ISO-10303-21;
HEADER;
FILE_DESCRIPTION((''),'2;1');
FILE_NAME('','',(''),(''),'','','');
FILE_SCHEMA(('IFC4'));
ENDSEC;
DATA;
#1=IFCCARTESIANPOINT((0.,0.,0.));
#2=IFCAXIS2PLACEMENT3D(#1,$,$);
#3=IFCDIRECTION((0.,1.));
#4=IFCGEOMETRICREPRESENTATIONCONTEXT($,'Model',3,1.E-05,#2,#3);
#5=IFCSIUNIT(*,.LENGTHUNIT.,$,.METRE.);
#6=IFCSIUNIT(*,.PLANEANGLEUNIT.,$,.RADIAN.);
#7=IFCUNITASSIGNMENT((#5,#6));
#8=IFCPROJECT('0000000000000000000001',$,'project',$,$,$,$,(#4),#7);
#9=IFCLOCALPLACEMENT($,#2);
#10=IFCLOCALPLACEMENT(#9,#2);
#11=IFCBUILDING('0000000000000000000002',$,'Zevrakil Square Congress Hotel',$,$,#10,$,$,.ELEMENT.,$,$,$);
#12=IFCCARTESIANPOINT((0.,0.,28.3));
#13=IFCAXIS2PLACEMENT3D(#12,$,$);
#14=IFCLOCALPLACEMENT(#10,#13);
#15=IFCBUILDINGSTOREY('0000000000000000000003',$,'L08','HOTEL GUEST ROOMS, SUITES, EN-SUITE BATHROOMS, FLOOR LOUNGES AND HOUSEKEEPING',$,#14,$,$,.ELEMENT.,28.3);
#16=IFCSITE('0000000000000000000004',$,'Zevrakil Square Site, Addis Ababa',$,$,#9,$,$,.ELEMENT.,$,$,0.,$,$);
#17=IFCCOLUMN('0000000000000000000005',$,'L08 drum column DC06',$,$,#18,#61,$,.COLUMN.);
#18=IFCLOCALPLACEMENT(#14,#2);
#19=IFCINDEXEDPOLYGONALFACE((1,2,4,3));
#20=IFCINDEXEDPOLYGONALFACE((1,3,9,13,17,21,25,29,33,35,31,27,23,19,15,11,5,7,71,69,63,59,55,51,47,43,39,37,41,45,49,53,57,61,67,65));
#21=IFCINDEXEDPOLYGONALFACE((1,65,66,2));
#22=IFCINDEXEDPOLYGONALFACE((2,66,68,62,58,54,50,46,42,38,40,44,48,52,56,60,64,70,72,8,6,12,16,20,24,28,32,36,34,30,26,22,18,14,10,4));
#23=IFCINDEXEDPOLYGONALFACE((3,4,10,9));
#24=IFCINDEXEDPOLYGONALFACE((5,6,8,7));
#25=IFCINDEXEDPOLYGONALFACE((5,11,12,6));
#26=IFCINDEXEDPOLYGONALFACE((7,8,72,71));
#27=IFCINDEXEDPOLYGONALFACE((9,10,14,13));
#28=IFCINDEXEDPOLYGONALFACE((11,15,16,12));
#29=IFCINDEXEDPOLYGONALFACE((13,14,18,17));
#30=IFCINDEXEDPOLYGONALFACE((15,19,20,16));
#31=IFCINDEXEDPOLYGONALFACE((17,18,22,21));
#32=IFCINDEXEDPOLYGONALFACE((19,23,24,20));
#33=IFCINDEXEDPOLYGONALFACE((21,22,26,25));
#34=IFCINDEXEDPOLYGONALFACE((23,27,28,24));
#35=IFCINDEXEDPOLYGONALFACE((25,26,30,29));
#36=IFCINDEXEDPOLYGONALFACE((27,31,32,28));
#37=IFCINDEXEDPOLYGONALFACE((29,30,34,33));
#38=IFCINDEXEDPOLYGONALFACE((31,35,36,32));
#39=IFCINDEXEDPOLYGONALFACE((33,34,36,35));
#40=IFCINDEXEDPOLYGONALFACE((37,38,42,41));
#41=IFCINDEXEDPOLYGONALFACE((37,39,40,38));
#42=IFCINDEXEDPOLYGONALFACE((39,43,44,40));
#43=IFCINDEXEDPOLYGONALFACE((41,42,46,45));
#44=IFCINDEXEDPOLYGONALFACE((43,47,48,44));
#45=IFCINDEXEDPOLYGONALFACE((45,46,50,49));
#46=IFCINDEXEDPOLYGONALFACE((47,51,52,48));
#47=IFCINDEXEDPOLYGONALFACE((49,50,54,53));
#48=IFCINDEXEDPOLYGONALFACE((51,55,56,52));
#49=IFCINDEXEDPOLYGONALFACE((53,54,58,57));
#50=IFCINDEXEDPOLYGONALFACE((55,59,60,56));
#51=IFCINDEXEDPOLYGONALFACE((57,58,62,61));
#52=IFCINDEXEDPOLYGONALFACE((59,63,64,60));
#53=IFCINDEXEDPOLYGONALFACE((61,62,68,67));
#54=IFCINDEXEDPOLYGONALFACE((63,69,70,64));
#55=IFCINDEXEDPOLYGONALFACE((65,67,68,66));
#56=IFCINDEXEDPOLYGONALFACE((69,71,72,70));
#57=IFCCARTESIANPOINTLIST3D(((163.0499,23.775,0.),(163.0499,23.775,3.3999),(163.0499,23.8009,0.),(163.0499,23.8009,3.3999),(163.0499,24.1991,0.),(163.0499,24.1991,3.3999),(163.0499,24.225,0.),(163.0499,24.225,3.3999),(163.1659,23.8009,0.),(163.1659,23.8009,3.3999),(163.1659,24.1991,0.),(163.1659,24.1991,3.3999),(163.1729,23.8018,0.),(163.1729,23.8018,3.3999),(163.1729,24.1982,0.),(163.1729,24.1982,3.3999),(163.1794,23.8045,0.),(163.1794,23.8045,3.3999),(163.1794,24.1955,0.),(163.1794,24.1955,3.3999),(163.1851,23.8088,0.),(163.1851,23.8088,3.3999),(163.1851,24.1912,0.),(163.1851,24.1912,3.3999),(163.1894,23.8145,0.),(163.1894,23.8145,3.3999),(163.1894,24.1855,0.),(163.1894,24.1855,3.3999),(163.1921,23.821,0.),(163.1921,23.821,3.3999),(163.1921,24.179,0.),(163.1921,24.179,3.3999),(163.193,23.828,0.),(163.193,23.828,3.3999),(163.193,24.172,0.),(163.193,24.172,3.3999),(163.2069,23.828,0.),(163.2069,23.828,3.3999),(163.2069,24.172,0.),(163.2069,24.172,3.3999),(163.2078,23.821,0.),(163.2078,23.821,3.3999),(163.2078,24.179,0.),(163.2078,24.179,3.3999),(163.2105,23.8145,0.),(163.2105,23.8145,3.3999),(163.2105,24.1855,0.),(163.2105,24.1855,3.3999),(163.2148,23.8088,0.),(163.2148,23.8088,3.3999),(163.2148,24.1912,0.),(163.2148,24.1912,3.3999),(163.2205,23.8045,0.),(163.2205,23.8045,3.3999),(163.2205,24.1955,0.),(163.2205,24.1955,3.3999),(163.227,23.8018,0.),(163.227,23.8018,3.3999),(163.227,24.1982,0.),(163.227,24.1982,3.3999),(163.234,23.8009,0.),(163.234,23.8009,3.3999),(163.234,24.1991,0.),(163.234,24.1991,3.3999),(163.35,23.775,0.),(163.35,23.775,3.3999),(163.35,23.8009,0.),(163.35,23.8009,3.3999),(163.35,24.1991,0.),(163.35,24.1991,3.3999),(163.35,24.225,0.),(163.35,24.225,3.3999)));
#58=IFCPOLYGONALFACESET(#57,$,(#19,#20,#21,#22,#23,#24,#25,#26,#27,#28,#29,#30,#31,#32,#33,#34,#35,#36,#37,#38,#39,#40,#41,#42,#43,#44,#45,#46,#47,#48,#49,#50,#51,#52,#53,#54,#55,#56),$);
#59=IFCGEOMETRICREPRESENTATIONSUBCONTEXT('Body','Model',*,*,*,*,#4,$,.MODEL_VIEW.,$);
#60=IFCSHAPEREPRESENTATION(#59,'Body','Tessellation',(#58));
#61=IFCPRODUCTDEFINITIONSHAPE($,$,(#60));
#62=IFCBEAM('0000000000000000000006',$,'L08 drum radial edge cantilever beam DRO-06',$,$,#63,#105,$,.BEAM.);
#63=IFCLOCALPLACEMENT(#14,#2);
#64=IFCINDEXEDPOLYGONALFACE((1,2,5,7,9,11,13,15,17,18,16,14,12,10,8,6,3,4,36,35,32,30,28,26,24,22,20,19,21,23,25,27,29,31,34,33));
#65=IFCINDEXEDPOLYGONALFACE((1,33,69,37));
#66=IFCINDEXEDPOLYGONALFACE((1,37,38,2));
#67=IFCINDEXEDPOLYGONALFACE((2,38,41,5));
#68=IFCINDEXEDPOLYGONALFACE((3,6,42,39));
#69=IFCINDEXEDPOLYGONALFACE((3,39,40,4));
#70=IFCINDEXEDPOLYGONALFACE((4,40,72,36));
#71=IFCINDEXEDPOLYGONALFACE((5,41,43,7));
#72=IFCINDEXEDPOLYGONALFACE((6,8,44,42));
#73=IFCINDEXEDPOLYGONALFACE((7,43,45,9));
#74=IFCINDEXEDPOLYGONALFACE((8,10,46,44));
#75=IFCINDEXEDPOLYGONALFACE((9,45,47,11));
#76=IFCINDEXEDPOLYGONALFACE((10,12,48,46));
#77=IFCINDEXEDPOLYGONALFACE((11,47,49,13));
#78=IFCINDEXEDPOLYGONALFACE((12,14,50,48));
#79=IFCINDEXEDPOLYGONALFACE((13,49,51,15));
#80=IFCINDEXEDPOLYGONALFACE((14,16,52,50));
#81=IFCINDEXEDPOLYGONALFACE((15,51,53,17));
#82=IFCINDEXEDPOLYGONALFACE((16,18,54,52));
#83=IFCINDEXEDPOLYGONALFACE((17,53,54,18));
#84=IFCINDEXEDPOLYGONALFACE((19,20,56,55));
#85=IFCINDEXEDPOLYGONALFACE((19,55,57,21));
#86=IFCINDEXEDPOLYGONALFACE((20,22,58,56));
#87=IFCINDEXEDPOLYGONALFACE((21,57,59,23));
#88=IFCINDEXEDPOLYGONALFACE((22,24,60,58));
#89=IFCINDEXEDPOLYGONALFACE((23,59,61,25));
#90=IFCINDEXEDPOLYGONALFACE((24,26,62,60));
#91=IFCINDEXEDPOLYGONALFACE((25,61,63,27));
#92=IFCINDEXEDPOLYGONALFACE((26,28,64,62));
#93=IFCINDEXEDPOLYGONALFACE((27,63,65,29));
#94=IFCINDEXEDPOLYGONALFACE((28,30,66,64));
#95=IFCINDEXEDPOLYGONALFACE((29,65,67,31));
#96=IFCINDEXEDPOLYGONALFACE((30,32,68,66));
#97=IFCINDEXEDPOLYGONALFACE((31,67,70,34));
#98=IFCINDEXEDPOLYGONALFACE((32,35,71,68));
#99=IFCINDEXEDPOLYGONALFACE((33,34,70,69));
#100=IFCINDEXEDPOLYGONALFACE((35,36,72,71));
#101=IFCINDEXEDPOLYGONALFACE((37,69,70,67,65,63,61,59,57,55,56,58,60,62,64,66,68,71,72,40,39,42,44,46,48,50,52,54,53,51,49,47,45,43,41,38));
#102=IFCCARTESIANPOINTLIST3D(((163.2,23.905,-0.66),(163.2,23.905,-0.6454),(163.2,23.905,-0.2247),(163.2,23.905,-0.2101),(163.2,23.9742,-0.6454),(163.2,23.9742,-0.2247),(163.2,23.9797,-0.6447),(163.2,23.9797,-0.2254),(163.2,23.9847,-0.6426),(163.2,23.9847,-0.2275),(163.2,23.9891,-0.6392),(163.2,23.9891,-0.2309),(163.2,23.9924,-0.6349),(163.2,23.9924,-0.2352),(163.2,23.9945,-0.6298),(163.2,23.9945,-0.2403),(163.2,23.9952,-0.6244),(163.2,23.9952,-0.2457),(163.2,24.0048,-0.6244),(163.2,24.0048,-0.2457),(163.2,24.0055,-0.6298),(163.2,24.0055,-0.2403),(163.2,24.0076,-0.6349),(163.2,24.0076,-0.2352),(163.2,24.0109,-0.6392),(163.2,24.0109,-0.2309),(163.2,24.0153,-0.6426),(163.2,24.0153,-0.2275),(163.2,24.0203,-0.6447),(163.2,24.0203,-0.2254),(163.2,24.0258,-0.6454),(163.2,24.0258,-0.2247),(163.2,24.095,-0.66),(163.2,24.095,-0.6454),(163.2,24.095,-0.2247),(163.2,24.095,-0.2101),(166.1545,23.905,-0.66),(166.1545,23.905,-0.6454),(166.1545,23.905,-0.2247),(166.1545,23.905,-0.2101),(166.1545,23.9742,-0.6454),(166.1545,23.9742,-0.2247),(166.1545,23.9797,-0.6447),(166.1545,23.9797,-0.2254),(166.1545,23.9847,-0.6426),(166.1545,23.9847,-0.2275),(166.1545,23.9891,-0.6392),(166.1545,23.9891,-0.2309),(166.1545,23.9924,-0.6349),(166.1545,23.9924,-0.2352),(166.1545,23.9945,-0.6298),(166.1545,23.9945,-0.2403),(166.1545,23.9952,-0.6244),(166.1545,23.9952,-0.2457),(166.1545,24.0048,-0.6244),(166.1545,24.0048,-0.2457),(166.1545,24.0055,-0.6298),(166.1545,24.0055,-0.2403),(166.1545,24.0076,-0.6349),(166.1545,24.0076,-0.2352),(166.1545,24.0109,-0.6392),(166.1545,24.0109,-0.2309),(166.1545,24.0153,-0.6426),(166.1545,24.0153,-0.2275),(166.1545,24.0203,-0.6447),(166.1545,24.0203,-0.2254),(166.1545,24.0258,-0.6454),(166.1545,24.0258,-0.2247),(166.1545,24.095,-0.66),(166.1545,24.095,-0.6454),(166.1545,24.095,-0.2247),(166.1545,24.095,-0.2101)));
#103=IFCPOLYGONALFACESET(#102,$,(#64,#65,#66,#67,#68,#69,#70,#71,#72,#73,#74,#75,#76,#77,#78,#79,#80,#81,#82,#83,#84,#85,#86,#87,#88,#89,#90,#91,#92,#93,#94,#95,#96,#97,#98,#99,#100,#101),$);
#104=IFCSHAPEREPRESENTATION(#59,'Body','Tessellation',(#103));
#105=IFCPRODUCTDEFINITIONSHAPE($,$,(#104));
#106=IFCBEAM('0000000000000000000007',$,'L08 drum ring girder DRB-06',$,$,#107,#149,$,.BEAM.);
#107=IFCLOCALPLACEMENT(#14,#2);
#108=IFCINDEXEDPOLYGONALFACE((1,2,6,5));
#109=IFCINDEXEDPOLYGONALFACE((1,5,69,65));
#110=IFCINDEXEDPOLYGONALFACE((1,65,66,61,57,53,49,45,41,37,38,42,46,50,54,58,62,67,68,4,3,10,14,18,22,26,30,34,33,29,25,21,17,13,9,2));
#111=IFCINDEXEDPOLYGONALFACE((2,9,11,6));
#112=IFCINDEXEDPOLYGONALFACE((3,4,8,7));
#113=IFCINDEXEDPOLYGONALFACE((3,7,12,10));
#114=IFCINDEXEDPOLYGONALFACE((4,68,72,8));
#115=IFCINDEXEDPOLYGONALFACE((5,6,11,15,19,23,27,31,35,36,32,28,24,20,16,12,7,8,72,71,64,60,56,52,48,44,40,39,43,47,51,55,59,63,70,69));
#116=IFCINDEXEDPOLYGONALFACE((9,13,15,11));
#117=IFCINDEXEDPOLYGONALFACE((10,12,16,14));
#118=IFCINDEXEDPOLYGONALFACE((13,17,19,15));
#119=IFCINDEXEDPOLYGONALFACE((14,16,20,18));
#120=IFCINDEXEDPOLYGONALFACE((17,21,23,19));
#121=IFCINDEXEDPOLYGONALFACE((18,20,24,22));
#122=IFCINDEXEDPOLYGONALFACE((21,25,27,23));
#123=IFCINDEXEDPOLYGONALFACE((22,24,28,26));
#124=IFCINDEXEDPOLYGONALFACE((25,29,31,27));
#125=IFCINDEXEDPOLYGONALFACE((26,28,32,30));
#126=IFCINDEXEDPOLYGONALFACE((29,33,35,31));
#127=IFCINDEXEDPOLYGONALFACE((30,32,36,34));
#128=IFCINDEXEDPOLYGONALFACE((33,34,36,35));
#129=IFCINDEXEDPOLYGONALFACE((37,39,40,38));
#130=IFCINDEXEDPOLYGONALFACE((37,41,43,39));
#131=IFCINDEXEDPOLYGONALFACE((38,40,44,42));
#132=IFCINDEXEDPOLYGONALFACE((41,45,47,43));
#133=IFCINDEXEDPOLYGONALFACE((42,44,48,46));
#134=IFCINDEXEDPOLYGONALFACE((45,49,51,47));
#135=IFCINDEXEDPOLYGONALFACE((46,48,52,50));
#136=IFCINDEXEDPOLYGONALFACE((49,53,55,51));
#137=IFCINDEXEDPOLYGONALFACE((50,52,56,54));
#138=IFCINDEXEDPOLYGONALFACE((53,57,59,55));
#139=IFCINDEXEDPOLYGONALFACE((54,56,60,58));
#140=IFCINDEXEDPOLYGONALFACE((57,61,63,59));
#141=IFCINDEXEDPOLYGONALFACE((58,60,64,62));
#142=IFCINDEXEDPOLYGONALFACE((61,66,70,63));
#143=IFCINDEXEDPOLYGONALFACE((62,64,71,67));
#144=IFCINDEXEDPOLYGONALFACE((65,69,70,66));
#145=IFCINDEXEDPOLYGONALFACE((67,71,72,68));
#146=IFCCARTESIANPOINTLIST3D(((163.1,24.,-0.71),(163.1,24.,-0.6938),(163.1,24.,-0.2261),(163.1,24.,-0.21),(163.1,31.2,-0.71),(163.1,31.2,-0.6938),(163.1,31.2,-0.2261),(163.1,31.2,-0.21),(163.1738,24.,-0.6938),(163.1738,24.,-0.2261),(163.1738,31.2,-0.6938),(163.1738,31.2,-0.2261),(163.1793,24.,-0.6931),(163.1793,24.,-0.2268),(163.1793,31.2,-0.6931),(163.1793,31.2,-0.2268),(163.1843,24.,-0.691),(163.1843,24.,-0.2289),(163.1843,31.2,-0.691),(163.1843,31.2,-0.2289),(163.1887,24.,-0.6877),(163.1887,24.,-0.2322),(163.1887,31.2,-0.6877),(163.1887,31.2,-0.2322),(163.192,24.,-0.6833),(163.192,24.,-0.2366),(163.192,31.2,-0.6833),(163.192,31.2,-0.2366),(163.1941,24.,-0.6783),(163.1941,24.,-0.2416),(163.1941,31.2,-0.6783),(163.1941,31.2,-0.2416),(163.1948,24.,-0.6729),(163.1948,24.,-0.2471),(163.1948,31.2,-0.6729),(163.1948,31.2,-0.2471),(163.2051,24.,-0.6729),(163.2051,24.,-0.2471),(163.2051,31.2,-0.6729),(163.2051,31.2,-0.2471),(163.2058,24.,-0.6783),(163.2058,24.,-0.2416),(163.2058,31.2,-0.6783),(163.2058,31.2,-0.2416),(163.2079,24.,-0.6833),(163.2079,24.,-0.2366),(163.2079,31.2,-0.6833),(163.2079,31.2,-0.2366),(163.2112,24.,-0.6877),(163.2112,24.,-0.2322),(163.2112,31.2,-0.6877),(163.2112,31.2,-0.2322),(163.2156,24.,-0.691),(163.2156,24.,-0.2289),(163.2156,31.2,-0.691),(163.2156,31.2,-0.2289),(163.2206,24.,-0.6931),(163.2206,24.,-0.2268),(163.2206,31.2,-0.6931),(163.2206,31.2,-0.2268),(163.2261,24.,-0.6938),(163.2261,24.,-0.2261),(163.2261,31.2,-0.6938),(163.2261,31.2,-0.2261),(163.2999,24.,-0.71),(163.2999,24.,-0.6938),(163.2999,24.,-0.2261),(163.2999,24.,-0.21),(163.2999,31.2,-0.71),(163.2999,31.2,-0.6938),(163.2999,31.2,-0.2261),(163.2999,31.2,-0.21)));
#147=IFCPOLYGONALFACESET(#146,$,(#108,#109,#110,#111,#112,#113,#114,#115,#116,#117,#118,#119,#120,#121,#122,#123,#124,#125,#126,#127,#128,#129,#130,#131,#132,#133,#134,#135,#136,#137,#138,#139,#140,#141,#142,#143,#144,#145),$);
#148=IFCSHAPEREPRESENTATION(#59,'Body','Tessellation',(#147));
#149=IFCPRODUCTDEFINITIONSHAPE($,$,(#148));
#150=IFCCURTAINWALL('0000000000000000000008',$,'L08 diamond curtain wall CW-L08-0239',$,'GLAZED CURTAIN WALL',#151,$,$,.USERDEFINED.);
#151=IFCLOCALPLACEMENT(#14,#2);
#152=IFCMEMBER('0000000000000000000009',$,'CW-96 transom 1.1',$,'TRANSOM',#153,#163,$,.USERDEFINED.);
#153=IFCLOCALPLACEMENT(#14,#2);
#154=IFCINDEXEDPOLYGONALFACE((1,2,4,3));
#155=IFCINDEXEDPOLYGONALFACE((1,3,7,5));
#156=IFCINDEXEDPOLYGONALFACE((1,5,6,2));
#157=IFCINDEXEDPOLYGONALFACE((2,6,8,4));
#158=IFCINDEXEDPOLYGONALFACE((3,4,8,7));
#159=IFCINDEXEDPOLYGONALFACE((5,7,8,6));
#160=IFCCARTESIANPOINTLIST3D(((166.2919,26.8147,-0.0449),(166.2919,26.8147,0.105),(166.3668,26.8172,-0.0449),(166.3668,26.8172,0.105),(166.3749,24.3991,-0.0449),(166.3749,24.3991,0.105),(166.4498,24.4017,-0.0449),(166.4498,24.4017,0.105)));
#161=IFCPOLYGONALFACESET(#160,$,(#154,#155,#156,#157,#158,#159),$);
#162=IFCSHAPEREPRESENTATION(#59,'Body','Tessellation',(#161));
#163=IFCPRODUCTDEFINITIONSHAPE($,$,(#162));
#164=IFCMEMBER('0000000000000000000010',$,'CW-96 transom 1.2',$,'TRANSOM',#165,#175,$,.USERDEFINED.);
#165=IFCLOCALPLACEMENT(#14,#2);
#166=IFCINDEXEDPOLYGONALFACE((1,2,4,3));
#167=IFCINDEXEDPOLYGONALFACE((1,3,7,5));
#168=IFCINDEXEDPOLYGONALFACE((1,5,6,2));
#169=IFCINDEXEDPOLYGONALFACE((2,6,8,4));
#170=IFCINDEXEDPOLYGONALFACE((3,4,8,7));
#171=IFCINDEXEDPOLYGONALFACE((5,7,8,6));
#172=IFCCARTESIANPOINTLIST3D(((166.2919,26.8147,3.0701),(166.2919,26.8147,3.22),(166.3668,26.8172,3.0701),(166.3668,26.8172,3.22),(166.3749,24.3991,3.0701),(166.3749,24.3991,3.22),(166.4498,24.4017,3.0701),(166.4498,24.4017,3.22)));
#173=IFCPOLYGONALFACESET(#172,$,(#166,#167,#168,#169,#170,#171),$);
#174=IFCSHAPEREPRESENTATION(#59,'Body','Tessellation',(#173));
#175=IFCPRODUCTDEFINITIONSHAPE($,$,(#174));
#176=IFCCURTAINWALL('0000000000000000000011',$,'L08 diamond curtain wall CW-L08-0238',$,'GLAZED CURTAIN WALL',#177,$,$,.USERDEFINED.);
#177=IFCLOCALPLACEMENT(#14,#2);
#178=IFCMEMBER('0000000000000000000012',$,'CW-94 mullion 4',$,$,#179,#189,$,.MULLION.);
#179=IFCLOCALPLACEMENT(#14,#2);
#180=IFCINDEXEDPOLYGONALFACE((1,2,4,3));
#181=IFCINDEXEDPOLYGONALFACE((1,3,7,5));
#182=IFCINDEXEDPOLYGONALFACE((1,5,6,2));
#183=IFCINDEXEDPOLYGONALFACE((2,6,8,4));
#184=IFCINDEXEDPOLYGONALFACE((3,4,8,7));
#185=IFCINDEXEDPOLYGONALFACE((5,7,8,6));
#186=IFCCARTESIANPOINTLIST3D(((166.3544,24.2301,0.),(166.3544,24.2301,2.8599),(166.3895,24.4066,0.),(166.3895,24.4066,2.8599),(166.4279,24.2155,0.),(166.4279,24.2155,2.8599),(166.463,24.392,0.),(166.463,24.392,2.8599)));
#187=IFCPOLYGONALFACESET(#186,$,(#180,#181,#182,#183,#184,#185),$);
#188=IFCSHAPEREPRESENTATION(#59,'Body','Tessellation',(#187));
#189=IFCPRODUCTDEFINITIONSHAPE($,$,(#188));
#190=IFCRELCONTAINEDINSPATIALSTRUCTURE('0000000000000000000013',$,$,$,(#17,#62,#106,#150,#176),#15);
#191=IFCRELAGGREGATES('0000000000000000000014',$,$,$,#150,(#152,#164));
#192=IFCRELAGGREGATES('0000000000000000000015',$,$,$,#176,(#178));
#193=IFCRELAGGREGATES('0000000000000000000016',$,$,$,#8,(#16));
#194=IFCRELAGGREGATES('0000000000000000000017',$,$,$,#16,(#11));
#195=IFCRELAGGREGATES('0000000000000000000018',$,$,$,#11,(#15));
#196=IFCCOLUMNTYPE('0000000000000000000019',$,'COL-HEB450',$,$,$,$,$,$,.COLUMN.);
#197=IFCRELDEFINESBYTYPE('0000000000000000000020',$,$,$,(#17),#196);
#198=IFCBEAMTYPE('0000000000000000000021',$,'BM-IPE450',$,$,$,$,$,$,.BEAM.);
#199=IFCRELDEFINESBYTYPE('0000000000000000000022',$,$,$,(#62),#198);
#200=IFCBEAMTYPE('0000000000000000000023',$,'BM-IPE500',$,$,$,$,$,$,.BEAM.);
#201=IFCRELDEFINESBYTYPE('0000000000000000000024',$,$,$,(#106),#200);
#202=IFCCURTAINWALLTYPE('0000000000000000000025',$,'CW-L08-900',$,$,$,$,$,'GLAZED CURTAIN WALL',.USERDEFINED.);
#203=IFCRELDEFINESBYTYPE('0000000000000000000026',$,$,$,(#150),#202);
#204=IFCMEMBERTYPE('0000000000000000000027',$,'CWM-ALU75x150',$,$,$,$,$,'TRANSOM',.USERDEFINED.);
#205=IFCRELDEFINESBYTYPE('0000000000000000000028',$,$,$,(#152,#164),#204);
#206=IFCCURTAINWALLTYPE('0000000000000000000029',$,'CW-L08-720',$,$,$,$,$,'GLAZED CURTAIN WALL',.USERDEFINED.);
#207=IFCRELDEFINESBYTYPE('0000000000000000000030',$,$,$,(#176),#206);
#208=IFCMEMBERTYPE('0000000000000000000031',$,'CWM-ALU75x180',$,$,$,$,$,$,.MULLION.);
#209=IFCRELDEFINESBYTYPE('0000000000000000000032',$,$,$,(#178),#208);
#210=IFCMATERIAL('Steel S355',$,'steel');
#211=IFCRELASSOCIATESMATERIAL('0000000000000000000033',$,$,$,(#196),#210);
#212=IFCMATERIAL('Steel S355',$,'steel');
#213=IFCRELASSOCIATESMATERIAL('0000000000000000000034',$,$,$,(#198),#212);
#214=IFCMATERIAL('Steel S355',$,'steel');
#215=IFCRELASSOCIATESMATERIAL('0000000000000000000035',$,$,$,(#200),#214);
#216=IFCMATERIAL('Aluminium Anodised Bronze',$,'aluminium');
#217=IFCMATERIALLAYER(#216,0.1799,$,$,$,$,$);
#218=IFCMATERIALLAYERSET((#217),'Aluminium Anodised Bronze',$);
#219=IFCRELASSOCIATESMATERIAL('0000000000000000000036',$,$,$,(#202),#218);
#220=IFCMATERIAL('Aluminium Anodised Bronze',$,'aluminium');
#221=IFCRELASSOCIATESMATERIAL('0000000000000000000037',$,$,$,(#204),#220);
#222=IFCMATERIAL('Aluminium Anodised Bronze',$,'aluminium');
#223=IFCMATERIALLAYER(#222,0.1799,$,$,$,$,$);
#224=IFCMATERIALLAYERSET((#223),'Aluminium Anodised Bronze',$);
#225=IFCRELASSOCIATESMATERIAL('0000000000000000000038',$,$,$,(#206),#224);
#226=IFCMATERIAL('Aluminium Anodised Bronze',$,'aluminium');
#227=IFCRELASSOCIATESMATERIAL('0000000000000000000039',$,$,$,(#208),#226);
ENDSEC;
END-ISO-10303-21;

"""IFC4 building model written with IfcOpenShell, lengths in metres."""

from ifc_helpers import new_model, si_unit, direction, frame, origin, origin_2d, place, context, subcontext, project, spatial, rectangle, i_section, extrude, material, layer, layer_set, material_profile, profile_set, type_object, element, aggregate, save


model = new_model("IFC4")

# Units and contexts
model_context = context("Model", 3, precision=1e-05, world=origin(), true_north=direction((0.0, 1.0)))
body_context = subcontext(model_context, "Body", "Model", "MODEL_VIEW")
ifc_project = project(units=[si_unit("LENGTHUNIT", "METRE"), si_unit("PLANEANGLEUNIT", "RADIAN")], contexts=[model_context])

# Site, building, storey
site_placement = place(None, origin())
site = spatial("IfcSite", under=ifc_project, at=site_placement, Name="Zevrakil Square Site, Addis Ababa", CompositionType="ELEMENT", RefElevation=0.0)
building_placement = place(site_placement, origin())
building = spatial("IfcBuilding", under=site, at=building_placement, Name="Zevrakil Square Congress Hotel", CompositionType="ELEMENT")
storey_placement = place(building_placement, frame((0.0, 0.0, 28.3)))
storey = spatial("IfcBuildingStorey", under=building, at=storey_placement, Name="L08", Description="HOTEL GUEST ROOMS, SUITES, EN-SUITE BATHROOMS, FLOOR LOUNGES AND HOUSEKEEPING", CompositionType="ELEMENT", Elevation=28.3)

# Column
ifc_material_1 = material(Name="Steel S355", Category="steel")
ifc_material_profile_1 = material_profile(ifc_material_1, i_section(OverallWidth=0.3, OverallDepth=0.45, WebThickness=0.0139, FlangeThickness=0.0259, FilletRadius=0.0271, at=origin_2d()), Name="HEB 450")
ifc_profile_set_1 = profile_set([ifc_material_profile_1], Name="Steel S355")
column_type = type_object("IfcColumnType", Name="COL-HEB450", PredefinedType="COLUMN", material=ifc_profile_set_1)
column_placement = place(storey_placement, frame((163.2, 24.0, 0.0), z_axis=(0.0, 0.0, 1.0), x_axis=(1.0, 0.0, 0.0)))
element("IfcColumn", 1, at=column_placement, inside=storey, type_object=column_type, Name="L08 drum column DC06", PredefinedType="COLUMN", context=body_context, shape_type="SweptSolid", body=[
    extrude(i_section(OverallWidth=0.3, OverallDepth=0.45, WebThickness=0.0139, FlangeThickness=0.0259, FilletRadius=0.0271, at=origin_2d()), origin(), (0.0, 0.0, 1.0), 3.3999),
])

# Beams
ifc_material_2 = material(Name="Steel S355", Category="steel")
ifc_material_profile_2 = material_profile(ifc_material_2, i_section(OverallWidth=0.1899, OverallDepth=0.45, WebThickness=0.0095, FlangeThickness=0.0146, FilletRadius=0.021, at=origin_2d()), Name="IPE 450")
ifc_profile_set_2 = profile_set([ifc_material_profile_2], Name="Steel S355")
beam_type_1 = type_object("IfcBeamType", Name="BM-IPE450", PredefinedType="BEAM", material=ifc_profile_set_2)
beam_1_placement = place(storey_placement, frame((163.2, 24.0, -0.4351), z_axis=(1.0, 0.0, 0.0), x_axis=(0.0, 1.0, 0.0)))
element("IfcBeam", 2, at=beam_1_placement, inside=storey, type_object=beam_type_1, Name="L08 drum radial edge cantilever beam DRO-06", PredefinedType="BEAM", context=body_context, shape_type="SweptSolid", body=[
    extrude(i_section(OverallWidth=0.1899, OverallDepth=0.45, WebThickness=0.0095, FlangeThickness=0.0146, FilletRadius=0.021, at=origin_2d()), origin(), (0.0, 0.0, 1.0), 2.9546),
])
ifc_material_3 = material(Name="Steel S355", Category="steel")
ifc_material_profile_3 = material_profile(ifc_material_3, i_section(OverallWidth=0.2, OverallDepth=0.5, WebThickness=0.0103, FlangeThickness=0.0161, FilletRadius=0.021, at=origin_2d()), Name="IPE 500")
ifc_profile_set_3 = profile_set([ifc_material_profile_3], Name="Steel S355")
beam_type_2 = type_object("IfcBeamType", Name="BM-IPE500", PredefinedType="BEAM", material=ifc_profile_set_3)
beam_2_placement = place(storey_placement, frame((163.2, 24.0, -0.46), z_axis=(0.0, 1.0, 0.0), x_axis=(-1.0, 0.0, 0.0)))
element("IfcBeam", 3, at=beam_2_placement, inside=storey, type_object=beam_type_2, Name="L08 drum ring girder DRB-06", PredefinedType="BEAM", context=body_context, shape_type="SweptSolid", body=[
    extrude(i_section(OverallWidth=0.2, OverallDepth=0.5, WebThickness=0.0103, FlangeThickness=0.0161, FilletRadius=0.021, at=origin_2d()), origin(), (0.0, 0.0, 1.0), 7.2),
])

# Curtain wall, members
ifc_material_4 = material(Name="Aluminium Anodised Bronze", Category="aluminium")
ifc_layer_1 = layer(ifc_material_4, 0.1799)
ifc_layer_set_1 = layer_set([ifc_layer_1], Name="Aluminium Anodised Bronze")
curtain_wall_type_1 = type_object("IfcCurtainWallType", Name="CW-L08-900", ElementType="GLAZED CURTAIN WALL", PredefinedType="USERDEFINED", material=ifc_layer_set_1)
curtain_wall_1_placement = place(storey_placement, origin())
curtain_wall_1 = element("IfcCurtainWall", 4, at=curtain_wall_1_placement, inside=storey, type_object=curtain_wall_type_1, Name="L08 diamond curtain wall CW-L08-0239", ObjectType="GLAZED CURTAIN WALL", PredefinedType="USERDEFINED")
ifc_material_5 = material(Name="Aluminium Anodised Bronze", Category="aluminium")
ifc_material_profile_4 = material_profile(ifc_material_5, rectangle(XDim=0.075, YDim=0.1499, at=origin_2d()), Name="ALU 75x150")
ifc_profile_set_4 = profile_set([ifc_material_profile_4], Name="Aluminium Anodised Bronze")
member_type_1 = type_object("IfcMemberType", Name="CWM-ALU75x150", ElementType="TRANSOM", PredefinedType="USERDEFINED", material=ifc_profile_set_4)
member_1_placement = place(storey_placement, frame((166.4124, 24.4004, 0.03), z_axis=(-0.034344, 0.99941, 0.0), x_axis=(-0.99941, -0.034344, 0.0)))
member_1 = element("IfcMember", 5, at=member_1_placement, type_object=member_type_1, Name="CW-96 transom 1.1", ObjectType="TRANSOM", PredefinedType="USERDEFINED", context=body_context, shape_type="SweptSolid", body=[
    extrude(rectangle(XDim=0.075, YDim=0.1499, at=origin_2d()), origin(), (0.0, 0.0, 1.0), 2.417),
])
member_2_placement = place(storey_placement, frame((166.4124, 24.4004, 3.145), z_axis=(-0.034344, 0.99941, 0.0), x_axis=(-0.99941, -0.034344, 0.0)))
member_2 = element("IfcMember", 6, at=member_2_placement, type_object=member_type_1, Name="CW-96 transom 1.2", ObjectType="TRANSOM", PredefinedType="USERDEFINED", context=body_context, shape_type="SweptSolid", body=[
    extrude(rectangle(XDim=0.075, YDim=0.1499, at=origin_2d()), origin(), (0.0, 0.0, 1.0), 2.417),
])

# Curtain wall, member
ifc_material_6 = material(Name="Aluminium Anodised Bronze", Category="aluminium")
ifc_layer_2 = layer(ifc_material_6, 0.1799)
ifc_layer_set_2 = layer_set([ifc_layer_2], Name="Aluminium Anodised Bronze")
curtain_wall_type_2 = type_object("IfcCurtainWallType", Name="CW-L08-720", ElementType="GLAZED CURTAIN WALL", PredefinedType="USERDEFINED", material=ifc_layer_set_2)
curtain_wall_2_placement = place(storey_placement, origin())
curtain_wall_2 = element("IfcCurtainWall", 7, at=curtain_wall_2_placement, inside=storey, type_object=curtain_wall_type_2, Name="L08 diamond curtain wall CW-L08-0238", ObjectType="GLAZED CURTAIN WALL", PredefinedType="USERDEFINED")
ifc_material_7 = material(Name="Aluminium Anodised Bronze", Category="aluminium")
ifc_material_profile_5 = material_profile(ifc_material_7, rectangle(XDim=0.075, YDim=0.1799, at=origin_2d()), Name="ALU 75x180")
ifc_profile_set_5 = profile_set([ifc_material_profile_5], Name="Aluminium Anodised Bronze")
member_type_2 = type_object("IfcMemberType", Name="CWM-ALU75x180", PredefinedType="MULLION", material=ifc_profile_set_5)
member_3_placement = place(storey_placement, frame((166.4087, 24.311, 0.0), z_axis=(0.0, 0.0, 1.0), x_axis=(-0.980787, 0.195084, 0.0)))
member_3 = element("IfcMember", 8, at=member_3_placement, type_object=member_type_2, Name="CW-94 mullion 4", PredefinedType="MULLION", context=body_context, shape_type="SweptSolid", body=[
    extrude(rectangle(XDim=0.075, YDim=0.1799, at=origin_2d()), origin(), (0.0, 0.0, 1.0), 2.8599),
])

aggregate(curtain_wall_1, [member_1, member_2])
aggregate(curtain_wall_2, [member_3])

save(model, "model.ifc")
